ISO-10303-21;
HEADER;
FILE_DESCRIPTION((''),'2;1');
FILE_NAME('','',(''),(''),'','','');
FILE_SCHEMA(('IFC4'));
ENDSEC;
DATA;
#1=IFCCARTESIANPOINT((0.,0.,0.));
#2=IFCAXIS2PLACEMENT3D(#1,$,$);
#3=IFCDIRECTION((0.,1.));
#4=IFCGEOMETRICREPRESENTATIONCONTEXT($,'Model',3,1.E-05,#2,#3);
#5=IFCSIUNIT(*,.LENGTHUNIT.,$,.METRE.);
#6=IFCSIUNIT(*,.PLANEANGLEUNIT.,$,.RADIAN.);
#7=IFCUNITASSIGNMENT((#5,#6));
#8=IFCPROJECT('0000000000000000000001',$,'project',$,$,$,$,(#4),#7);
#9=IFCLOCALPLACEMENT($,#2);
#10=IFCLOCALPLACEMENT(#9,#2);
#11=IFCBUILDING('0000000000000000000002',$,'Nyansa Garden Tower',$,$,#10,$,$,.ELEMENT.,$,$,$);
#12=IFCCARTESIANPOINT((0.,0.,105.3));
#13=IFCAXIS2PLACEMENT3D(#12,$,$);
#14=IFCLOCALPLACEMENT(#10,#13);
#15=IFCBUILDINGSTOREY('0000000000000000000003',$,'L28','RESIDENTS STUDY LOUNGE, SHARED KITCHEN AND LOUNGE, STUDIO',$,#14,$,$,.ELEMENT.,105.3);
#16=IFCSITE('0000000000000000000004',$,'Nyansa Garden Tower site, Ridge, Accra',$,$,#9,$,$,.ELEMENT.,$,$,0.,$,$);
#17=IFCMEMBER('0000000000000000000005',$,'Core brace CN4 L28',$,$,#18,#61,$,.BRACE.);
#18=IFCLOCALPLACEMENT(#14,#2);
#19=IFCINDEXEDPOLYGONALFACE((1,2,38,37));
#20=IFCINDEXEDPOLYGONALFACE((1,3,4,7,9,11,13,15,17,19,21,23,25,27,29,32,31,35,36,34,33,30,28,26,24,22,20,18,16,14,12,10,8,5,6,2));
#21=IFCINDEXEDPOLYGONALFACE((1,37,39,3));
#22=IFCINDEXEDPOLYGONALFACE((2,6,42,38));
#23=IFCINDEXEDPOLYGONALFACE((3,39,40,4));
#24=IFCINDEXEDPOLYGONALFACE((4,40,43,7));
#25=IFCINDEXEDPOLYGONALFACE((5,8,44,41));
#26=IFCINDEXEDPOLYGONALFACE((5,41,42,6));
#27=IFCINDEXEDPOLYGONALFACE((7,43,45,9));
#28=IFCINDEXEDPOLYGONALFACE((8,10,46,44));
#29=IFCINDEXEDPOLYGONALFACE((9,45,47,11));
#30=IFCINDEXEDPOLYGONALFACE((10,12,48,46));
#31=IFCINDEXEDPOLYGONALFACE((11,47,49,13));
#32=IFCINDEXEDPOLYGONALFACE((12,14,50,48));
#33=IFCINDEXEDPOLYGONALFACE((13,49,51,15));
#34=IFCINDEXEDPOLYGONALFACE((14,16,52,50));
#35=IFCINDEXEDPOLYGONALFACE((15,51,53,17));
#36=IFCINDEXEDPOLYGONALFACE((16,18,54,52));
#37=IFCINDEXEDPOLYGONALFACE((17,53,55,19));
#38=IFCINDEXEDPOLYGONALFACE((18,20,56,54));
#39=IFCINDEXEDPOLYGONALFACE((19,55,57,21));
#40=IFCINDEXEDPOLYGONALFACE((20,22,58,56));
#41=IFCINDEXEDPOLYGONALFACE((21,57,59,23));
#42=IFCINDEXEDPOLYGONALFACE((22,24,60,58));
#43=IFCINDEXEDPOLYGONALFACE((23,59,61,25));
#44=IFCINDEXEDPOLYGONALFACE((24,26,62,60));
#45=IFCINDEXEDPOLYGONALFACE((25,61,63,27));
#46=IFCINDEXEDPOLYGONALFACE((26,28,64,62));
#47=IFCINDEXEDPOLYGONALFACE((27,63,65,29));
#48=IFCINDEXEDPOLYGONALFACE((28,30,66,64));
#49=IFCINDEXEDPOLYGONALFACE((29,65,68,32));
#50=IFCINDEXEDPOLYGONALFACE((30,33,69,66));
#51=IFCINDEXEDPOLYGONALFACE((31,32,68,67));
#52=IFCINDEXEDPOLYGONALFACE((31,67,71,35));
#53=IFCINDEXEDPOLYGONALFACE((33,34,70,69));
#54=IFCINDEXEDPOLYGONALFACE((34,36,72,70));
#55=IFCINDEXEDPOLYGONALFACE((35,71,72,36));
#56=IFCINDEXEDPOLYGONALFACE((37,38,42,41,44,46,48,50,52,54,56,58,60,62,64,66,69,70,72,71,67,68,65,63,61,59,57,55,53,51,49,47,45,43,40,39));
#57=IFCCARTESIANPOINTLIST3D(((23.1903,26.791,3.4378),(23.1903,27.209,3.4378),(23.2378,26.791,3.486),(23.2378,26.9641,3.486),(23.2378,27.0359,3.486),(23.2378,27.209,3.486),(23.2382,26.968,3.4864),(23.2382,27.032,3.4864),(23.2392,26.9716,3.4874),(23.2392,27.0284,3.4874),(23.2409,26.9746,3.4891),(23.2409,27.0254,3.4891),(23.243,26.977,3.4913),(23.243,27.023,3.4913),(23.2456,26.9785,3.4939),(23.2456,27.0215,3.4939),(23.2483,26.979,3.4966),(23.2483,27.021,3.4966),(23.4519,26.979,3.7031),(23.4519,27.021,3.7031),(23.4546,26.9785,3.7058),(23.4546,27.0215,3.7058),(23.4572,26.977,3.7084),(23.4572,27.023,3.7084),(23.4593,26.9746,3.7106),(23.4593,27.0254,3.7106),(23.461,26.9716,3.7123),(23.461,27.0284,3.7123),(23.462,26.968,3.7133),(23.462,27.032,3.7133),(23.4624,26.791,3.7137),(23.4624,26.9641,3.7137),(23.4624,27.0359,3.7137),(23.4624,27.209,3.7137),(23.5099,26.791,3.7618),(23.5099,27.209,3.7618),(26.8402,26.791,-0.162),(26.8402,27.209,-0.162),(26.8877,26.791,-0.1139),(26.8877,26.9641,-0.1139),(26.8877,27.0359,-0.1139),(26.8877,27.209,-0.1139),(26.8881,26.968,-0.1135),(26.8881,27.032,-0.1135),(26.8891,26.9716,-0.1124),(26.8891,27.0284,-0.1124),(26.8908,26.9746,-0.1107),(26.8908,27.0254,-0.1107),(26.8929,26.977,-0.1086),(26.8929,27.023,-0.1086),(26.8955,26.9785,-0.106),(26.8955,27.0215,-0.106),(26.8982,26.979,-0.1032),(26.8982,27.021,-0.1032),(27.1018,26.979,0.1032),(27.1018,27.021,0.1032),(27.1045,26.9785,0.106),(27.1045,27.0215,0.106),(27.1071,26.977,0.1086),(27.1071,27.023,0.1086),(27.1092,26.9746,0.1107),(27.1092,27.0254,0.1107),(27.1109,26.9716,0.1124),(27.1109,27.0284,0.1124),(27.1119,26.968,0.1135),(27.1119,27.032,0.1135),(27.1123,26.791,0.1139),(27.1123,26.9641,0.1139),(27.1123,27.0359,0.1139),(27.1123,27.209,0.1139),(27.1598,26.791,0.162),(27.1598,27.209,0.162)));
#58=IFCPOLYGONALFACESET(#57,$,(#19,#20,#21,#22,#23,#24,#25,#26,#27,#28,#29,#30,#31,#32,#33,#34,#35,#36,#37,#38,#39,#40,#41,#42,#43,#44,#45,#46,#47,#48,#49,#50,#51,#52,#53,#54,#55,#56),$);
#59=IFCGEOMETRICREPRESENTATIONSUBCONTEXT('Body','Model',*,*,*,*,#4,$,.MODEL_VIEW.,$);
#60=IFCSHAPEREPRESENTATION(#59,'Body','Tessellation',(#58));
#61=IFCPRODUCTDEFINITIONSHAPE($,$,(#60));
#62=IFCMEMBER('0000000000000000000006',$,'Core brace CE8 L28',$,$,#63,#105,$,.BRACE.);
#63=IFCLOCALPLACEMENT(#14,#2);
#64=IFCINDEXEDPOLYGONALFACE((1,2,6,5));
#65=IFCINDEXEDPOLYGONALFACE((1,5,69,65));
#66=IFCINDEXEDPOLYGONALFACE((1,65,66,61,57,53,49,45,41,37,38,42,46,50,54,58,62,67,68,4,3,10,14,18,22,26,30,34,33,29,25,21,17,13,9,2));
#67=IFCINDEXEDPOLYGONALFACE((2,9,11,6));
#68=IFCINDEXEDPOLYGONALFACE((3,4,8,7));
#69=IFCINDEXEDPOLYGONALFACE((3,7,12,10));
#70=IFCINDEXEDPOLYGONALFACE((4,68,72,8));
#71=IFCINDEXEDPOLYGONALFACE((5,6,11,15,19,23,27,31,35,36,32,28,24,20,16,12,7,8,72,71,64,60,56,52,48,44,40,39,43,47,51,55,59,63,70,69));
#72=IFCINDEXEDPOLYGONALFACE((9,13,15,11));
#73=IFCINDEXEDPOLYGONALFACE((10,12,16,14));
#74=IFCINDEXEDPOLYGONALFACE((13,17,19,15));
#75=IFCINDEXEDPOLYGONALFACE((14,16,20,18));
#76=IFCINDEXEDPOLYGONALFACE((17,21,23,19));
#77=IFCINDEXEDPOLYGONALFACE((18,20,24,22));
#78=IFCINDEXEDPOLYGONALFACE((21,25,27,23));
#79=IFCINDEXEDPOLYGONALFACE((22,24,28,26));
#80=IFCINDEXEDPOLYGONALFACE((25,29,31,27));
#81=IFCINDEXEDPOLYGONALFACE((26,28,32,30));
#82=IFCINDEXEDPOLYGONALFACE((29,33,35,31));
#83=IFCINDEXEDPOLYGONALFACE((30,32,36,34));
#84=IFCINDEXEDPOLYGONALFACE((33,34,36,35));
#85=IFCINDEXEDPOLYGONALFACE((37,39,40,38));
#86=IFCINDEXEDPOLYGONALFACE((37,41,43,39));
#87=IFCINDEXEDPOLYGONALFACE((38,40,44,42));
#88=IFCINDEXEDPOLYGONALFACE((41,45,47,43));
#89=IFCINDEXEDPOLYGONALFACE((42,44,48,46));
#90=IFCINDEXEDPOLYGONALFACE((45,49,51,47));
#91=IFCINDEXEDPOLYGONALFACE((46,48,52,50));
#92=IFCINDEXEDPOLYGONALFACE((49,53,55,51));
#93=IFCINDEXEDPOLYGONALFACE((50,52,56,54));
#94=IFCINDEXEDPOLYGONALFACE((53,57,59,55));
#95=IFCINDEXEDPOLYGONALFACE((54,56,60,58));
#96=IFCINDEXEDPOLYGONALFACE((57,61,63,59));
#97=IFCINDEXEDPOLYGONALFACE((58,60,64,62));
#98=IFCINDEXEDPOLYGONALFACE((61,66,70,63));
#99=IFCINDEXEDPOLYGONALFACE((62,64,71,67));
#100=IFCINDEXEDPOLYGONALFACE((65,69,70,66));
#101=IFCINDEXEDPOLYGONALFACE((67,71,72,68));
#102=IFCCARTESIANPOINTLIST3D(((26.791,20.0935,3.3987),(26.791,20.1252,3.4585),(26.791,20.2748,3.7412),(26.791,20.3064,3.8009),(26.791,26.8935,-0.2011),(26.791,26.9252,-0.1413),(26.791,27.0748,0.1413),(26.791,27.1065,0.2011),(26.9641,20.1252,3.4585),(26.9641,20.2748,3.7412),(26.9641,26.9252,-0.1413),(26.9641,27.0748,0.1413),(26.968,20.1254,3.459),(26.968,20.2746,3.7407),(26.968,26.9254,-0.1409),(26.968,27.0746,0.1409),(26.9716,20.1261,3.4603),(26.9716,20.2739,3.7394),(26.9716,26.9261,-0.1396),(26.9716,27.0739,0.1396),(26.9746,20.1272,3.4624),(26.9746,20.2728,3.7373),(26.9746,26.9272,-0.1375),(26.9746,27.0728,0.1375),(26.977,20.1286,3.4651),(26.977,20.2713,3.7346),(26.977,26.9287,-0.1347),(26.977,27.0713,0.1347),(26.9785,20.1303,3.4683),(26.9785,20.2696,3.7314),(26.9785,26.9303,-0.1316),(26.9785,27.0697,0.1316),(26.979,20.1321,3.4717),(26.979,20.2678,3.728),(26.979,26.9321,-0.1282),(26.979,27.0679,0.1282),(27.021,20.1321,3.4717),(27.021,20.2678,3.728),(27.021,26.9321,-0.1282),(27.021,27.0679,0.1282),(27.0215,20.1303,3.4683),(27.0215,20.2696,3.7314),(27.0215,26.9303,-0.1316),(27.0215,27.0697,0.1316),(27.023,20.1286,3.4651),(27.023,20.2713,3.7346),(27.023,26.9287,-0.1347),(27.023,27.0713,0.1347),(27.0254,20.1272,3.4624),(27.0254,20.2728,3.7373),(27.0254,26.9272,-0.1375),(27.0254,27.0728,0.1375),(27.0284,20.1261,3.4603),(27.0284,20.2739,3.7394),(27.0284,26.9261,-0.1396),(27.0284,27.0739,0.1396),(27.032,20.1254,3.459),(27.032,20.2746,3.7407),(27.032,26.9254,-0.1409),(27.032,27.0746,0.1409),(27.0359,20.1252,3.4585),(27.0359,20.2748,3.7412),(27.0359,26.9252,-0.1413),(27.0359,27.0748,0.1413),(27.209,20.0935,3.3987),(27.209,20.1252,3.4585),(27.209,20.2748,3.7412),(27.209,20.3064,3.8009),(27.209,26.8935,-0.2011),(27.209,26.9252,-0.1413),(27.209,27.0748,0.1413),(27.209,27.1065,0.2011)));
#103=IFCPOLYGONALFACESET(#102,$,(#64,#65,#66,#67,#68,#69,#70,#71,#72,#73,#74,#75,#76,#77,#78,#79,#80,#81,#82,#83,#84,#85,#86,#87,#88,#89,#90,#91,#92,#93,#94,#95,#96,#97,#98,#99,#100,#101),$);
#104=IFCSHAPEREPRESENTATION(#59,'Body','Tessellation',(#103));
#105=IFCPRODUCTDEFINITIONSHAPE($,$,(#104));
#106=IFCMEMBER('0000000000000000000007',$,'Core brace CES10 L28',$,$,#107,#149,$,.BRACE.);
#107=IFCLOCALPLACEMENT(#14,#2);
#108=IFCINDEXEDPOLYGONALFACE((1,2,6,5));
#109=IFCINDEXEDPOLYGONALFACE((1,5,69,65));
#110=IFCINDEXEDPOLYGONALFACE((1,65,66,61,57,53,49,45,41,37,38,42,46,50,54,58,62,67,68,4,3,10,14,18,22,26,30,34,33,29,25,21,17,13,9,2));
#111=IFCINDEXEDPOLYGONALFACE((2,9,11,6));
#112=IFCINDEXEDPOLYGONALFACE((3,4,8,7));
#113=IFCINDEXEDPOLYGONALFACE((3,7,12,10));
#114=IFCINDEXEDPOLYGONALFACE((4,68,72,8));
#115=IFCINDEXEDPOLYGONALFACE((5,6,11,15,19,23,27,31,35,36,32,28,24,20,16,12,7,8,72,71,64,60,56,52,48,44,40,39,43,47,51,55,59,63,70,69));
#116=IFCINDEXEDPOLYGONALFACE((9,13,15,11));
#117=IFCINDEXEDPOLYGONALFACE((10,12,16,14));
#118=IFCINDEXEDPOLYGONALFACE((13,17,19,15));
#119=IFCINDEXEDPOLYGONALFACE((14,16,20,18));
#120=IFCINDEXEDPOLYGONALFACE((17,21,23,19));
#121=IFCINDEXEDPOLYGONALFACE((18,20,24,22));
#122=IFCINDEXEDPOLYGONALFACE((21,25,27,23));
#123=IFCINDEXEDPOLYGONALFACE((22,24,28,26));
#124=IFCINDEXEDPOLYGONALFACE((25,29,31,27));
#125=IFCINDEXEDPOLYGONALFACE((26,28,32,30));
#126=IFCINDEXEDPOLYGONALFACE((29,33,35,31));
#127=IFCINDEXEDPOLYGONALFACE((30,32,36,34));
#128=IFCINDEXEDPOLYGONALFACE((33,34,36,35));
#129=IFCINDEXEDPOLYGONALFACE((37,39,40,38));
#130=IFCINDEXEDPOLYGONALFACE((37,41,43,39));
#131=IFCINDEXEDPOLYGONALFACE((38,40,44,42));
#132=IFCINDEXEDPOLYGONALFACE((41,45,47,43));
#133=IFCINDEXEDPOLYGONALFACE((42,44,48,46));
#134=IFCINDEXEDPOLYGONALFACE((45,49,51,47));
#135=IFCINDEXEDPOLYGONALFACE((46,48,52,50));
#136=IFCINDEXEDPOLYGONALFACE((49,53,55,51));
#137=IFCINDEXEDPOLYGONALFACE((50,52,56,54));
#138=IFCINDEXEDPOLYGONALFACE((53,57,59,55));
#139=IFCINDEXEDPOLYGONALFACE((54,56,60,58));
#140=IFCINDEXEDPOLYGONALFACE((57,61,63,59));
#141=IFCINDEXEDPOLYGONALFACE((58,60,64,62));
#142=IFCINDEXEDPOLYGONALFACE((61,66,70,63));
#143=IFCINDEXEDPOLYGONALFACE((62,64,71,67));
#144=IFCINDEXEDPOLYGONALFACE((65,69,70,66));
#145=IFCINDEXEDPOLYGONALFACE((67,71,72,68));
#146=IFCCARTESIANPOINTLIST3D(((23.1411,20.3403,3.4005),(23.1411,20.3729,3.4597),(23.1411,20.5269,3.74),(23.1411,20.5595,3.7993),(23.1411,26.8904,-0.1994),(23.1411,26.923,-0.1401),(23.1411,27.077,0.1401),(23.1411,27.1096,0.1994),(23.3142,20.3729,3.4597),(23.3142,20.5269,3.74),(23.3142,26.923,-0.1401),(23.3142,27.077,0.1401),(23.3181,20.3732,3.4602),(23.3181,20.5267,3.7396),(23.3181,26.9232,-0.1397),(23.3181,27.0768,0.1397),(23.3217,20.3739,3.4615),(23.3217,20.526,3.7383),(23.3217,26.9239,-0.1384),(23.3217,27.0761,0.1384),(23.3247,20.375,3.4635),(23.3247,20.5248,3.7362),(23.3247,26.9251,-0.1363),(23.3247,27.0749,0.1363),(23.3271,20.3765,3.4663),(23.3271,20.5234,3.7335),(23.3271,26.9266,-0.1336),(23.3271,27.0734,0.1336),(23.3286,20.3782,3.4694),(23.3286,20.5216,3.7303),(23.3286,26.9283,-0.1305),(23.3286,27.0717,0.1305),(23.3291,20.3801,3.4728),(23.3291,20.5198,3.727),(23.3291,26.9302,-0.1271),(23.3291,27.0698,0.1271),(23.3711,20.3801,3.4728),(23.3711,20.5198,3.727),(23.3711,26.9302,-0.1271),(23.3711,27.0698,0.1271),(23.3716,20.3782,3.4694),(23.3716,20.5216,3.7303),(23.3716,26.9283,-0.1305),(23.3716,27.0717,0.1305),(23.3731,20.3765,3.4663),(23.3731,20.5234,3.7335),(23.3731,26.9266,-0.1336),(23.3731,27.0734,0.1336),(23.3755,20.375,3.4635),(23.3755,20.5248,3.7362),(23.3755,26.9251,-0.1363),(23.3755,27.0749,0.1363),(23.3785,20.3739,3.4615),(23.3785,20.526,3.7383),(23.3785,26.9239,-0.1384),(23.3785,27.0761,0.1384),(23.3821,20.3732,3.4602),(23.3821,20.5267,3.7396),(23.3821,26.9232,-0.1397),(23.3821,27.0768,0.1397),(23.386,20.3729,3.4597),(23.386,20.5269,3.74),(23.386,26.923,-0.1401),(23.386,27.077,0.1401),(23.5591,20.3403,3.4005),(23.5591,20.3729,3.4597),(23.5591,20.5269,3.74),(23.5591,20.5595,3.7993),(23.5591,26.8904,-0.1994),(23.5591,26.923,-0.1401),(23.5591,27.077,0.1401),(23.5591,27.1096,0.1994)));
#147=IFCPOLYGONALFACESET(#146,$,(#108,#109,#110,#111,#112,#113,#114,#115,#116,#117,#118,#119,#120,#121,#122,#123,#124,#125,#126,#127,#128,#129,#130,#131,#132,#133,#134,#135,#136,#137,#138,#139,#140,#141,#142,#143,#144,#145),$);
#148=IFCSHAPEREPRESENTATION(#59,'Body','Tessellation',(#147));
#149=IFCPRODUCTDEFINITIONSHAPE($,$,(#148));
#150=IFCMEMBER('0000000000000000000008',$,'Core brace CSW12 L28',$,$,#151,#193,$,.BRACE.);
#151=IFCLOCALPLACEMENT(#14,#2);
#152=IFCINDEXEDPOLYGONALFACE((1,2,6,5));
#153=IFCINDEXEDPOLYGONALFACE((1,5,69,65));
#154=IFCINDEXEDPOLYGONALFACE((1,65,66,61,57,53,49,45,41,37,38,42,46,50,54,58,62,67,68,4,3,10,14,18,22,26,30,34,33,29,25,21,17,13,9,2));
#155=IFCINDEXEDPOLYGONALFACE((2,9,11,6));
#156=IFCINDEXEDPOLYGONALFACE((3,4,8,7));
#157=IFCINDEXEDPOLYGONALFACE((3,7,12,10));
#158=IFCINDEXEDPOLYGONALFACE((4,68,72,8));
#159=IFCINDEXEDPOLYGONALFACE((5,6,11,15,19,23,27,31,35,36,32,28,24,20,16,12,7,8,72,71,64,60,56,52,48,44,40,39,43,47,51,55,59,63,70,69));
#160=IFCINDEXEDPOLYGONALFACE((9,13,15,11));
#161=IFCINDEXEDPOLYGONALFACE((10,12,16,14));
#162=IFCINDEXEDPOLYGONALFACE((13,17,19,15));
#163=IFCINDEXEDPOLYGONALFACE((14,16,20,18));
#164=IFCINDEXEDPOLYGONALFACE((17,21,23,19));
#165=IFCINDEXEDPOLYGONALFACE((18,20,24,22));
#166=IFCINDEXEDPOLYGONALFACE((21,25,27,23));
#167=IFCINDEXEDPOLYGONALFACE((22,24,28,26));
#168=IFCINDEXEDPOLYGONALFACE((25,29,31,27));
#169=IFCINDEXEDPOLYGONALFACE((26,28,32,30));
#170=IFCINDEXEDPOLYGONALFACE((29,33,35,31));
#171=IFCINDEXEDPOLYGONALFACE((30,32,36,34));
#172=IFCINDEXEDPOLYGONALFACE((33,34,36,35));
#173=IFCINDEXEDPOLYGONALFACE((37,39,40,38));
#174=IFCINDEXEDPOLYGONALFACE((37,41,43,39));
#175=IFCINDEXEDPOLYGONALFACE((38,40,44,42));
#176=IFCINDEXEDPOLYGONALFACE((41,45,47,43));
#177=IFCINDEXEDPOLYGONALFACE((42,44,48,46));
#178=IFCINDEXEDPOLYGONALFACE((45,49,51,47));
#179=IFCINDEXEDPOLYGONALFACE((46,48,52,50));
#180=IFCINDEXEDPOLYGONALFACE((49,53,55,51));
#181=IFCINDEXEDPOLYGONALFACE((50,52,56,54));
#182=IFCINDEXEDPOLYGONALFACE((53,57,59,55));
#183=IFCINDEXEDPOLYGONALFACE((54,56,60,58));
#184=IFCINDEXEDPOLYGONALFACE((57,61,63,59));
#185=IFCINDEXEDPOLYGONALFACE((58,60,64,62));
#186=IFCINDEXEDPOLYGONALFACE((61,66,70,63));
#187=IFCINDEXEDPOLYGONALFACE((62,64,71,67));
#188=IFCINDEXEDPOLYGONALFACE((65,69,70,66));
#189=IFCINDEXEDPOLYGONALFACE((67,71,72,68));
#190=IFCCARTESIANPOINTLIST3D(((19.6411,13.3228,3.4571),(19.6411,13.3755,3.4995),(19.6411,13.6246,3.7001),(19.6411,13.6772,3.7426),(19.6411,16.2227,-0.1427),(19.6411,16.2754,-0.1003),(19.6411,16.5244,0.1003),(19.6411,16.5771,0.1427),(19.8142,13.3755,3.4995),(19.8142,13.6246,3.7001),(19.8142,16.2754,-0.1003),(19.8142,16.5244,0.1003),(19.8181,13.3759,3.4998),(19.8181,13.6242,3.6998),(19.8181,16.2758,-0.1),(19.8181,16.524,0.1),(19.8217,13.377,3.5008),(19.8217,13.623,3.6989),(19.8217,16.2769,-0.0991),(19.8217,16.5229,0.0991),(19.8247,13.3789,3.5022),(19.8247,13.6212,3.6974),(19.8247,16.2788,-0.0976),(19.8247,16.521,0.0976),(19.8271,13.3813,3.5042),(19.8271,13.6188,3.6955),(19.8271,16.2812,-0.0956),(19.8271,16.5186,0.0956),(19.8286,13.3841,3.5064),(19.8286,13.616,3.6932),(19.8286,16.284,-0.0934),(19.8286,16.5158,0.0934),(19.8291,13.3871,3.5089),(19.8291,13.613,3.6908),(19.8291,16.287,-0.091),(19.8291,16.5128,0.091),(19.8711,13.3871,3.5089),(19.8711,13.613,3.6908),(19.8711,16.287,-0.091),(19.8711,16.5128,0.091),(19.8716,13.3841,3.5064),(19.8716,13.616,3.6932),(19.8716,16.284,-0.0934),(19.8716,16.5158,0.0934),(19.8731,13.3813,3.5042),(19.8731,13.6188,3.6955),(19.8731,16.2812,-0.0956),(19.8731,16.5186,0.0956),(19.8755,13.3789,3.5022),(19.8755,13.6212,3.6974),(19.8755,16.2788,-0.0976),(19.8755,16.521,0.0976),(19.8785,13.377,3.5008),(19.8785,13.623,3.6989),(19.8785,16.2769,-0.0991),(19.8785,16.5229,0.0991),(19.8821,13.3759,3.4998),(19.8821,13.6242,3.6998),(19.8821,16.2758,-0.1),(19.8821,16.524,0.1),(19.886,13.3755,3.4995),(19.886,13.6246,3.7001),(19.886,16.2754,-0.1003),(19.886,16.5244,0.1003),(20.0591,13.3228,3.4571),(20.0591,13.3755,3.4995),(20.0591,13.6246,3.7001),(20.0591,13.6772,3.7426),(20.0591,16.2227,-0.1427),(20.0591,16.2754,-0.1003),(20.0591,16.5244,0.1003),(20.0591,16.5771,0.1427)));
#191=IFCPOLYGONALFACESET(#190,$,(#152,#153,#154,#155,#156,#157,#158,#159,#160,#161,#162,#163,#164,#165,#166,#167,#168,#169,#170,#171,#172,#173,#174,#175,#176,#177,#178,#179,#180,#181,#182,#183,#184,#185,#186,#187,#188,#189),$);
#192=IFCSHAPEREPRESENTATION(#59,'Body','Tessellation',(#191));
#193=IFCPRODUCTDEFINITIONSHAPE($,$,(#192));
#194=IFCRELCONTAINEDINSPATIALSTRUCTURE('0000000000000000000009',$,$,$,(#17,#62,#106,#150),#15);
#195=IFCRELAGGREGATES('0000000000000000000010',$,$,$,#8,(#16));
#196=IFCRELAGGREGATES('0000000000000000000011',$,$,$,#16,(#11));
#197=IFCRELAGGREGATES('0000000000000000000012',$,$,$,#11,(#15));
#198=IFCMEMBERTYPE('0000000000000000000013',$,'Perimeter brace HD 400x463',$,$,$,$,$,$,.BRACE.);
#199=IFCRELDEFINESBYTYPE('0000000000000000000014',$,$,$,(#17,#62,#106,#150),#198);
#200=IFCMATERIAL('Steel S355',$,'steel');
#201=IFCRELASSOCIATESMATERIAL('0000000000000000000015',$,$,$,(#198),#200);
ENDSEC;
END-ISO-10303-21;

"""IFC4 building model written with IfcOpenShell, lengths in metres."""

from ifc_helpers import new_model, si_unit, direction, frame, origin, origin_2d, place, context, subcontext, project, spatial, i_section, extrude, material, material_profile, profile_set, type_object, element, save


model = new_model("IFC4")

# Units and contexts
model_context = context("Model", 3, precision=1e-05, world=origin(), true_north=direction((0.0, 1.0)))
body_context = subcontext(model_context, "Body", "Model", "MODEL_VIEW")
ifc_project = project(units=[si_unit("LENGTHUNIT", "METRE"), si_unit("PLANEANGLEUNIT", "RADIAN")], contexts=[model_context])

# Site, building, storey
site_placement = place(None, origin())
site = spatial("IfcSite", under=ifc_project, at=site_placement, Name="Nyansa Garden Tower site, Ridge, Accra", CompositionType="ELEMENT", RefElevation=0.0)
building_placement = place(site_placement, origin())
building = spatial("IfcBuilding", under=site, at=building_placement, Name="Nyansa Garden Tower", CompositionType="ELEMENT")
storey_placement = place(building_placement, frame((0.0, 0.0, 105.3)))
storey = spatial("IfcBuildingStorey", under=building, at=storey_placement, Name="L28", Description="RESIDENTS STUDY LOUNGE, SHARED KITCHEN AND LOUNGE, STUDIO", CompositionType="ELEMENT", Elevation=105.3)

# Members
ifc_material_1 = material(Name="Steel S355", Category="steel")
ifc_material_profile_1 = material_profile(ifc_material_1, i_section(OverallWidth=0.418, OverallDepth=0.4551, WebThickness=0.042, FlangeThickness=0.0676, FilletRadius=0.0149, at=origin_2d()), Name="HD 400x463")
ifc_profile_set_1 = profile_set([ifc_material_profile_1], Name="Steel S355")
member_type = type_object("IfcMemberType", Name="Perimeter brace HD 400x463", PredefinedType="BRACE", material=ifc_profile_set_1)
member_1_placement = place(storey_placement, frame((27.0, 27.0, 0.0), z_axis=(-0.711971, 0.0, 0.702209), x_axis=(0.0, -1.0, 0.0)))
element("IfcMember", 1, at=member_1_placement, inside=storey, type_object=member_type, Name="Core brace CN4 L28", PredefinedType="BRACE", context=body_context, shape_type="SweptSolid", body=[
    extrude(i_section(OverallWidth=0.418, OverallDepth=0.4551, WebThickness=0.042, FlangeThickness=0.0676, FilletRadius=0.0149, at=origin_2d()), origin(), (0.0, 0.0, 1.0), 5.1265),
])
member_2_placement = place(storey_placement, frame((27.0, 27.0, 0.0), z_axis=(0.0, -0.883797, 0.46787), x_axis=(1.0, 0.0, 0.0)))
element("IfcMember", 2, at=member_2_placement, inside=storey, type_object=member_type, Name="Core brace CE8 L28", PredefinedType="BRACE", context=body_context, shape_type="SweptSolid", body=[
    extrude(i_section(OverallWidth=0.418, OverallDepth=0.4551, WebThickness=0.042, FlangeThickness=0.0676, FilletRadius=0.0149, at=origin_2d()), origin(), (0.0, 0.0, 1.0), 7.6941),
])
member_3_placement = place(storey_placement, frame((23.3501, 27.0, 0.0), z_axis=(0.0, -0.876367, 0.481644), x_axis=(1.0, 0.0, 0.0)))
element("IfcMember", 3, at=member_3_placement, inside=storey, type_object=member_type, Name="Core brace CES10 L28", PredefinedType="BRACE", context=body_context, shape_type="SweptSolid", body=[
    extrude(i_section(OverallWidth=0.418, OverallDepth=0.4551, WebThickness=0.042, FlangeThickness=0.0676, FilletRadius=0.0149, at=origin_2d()), origin(), (0.0, 0.0, 1.0), 7.4741),
])
member_4_placement = place(storey_placement, frame((19.8501, 16.3999, 0.0), z_axis=(0.0, -0.627332, 0.778752), x_axis=(1.0, 0.0, 0.0)))
element("IfcMember", 4, at=member_4_placement, inside=storey, type_object=member_type, Name="Core brace CSW12 L28", PredefinedType="BRACE", context=body_context, shape_type="SweptSolid", body=[
    extrude(i_section(OverallWidth=0.418, OverallDepth=0.4551, WebThickness=0.042, FlangeThickness=0.0676, FilletRadius=0.0149, at=origin_2d()), origin(), (0.0, 0.0, 1.0), 4.6226),
])

save(model, "model.ifc")
